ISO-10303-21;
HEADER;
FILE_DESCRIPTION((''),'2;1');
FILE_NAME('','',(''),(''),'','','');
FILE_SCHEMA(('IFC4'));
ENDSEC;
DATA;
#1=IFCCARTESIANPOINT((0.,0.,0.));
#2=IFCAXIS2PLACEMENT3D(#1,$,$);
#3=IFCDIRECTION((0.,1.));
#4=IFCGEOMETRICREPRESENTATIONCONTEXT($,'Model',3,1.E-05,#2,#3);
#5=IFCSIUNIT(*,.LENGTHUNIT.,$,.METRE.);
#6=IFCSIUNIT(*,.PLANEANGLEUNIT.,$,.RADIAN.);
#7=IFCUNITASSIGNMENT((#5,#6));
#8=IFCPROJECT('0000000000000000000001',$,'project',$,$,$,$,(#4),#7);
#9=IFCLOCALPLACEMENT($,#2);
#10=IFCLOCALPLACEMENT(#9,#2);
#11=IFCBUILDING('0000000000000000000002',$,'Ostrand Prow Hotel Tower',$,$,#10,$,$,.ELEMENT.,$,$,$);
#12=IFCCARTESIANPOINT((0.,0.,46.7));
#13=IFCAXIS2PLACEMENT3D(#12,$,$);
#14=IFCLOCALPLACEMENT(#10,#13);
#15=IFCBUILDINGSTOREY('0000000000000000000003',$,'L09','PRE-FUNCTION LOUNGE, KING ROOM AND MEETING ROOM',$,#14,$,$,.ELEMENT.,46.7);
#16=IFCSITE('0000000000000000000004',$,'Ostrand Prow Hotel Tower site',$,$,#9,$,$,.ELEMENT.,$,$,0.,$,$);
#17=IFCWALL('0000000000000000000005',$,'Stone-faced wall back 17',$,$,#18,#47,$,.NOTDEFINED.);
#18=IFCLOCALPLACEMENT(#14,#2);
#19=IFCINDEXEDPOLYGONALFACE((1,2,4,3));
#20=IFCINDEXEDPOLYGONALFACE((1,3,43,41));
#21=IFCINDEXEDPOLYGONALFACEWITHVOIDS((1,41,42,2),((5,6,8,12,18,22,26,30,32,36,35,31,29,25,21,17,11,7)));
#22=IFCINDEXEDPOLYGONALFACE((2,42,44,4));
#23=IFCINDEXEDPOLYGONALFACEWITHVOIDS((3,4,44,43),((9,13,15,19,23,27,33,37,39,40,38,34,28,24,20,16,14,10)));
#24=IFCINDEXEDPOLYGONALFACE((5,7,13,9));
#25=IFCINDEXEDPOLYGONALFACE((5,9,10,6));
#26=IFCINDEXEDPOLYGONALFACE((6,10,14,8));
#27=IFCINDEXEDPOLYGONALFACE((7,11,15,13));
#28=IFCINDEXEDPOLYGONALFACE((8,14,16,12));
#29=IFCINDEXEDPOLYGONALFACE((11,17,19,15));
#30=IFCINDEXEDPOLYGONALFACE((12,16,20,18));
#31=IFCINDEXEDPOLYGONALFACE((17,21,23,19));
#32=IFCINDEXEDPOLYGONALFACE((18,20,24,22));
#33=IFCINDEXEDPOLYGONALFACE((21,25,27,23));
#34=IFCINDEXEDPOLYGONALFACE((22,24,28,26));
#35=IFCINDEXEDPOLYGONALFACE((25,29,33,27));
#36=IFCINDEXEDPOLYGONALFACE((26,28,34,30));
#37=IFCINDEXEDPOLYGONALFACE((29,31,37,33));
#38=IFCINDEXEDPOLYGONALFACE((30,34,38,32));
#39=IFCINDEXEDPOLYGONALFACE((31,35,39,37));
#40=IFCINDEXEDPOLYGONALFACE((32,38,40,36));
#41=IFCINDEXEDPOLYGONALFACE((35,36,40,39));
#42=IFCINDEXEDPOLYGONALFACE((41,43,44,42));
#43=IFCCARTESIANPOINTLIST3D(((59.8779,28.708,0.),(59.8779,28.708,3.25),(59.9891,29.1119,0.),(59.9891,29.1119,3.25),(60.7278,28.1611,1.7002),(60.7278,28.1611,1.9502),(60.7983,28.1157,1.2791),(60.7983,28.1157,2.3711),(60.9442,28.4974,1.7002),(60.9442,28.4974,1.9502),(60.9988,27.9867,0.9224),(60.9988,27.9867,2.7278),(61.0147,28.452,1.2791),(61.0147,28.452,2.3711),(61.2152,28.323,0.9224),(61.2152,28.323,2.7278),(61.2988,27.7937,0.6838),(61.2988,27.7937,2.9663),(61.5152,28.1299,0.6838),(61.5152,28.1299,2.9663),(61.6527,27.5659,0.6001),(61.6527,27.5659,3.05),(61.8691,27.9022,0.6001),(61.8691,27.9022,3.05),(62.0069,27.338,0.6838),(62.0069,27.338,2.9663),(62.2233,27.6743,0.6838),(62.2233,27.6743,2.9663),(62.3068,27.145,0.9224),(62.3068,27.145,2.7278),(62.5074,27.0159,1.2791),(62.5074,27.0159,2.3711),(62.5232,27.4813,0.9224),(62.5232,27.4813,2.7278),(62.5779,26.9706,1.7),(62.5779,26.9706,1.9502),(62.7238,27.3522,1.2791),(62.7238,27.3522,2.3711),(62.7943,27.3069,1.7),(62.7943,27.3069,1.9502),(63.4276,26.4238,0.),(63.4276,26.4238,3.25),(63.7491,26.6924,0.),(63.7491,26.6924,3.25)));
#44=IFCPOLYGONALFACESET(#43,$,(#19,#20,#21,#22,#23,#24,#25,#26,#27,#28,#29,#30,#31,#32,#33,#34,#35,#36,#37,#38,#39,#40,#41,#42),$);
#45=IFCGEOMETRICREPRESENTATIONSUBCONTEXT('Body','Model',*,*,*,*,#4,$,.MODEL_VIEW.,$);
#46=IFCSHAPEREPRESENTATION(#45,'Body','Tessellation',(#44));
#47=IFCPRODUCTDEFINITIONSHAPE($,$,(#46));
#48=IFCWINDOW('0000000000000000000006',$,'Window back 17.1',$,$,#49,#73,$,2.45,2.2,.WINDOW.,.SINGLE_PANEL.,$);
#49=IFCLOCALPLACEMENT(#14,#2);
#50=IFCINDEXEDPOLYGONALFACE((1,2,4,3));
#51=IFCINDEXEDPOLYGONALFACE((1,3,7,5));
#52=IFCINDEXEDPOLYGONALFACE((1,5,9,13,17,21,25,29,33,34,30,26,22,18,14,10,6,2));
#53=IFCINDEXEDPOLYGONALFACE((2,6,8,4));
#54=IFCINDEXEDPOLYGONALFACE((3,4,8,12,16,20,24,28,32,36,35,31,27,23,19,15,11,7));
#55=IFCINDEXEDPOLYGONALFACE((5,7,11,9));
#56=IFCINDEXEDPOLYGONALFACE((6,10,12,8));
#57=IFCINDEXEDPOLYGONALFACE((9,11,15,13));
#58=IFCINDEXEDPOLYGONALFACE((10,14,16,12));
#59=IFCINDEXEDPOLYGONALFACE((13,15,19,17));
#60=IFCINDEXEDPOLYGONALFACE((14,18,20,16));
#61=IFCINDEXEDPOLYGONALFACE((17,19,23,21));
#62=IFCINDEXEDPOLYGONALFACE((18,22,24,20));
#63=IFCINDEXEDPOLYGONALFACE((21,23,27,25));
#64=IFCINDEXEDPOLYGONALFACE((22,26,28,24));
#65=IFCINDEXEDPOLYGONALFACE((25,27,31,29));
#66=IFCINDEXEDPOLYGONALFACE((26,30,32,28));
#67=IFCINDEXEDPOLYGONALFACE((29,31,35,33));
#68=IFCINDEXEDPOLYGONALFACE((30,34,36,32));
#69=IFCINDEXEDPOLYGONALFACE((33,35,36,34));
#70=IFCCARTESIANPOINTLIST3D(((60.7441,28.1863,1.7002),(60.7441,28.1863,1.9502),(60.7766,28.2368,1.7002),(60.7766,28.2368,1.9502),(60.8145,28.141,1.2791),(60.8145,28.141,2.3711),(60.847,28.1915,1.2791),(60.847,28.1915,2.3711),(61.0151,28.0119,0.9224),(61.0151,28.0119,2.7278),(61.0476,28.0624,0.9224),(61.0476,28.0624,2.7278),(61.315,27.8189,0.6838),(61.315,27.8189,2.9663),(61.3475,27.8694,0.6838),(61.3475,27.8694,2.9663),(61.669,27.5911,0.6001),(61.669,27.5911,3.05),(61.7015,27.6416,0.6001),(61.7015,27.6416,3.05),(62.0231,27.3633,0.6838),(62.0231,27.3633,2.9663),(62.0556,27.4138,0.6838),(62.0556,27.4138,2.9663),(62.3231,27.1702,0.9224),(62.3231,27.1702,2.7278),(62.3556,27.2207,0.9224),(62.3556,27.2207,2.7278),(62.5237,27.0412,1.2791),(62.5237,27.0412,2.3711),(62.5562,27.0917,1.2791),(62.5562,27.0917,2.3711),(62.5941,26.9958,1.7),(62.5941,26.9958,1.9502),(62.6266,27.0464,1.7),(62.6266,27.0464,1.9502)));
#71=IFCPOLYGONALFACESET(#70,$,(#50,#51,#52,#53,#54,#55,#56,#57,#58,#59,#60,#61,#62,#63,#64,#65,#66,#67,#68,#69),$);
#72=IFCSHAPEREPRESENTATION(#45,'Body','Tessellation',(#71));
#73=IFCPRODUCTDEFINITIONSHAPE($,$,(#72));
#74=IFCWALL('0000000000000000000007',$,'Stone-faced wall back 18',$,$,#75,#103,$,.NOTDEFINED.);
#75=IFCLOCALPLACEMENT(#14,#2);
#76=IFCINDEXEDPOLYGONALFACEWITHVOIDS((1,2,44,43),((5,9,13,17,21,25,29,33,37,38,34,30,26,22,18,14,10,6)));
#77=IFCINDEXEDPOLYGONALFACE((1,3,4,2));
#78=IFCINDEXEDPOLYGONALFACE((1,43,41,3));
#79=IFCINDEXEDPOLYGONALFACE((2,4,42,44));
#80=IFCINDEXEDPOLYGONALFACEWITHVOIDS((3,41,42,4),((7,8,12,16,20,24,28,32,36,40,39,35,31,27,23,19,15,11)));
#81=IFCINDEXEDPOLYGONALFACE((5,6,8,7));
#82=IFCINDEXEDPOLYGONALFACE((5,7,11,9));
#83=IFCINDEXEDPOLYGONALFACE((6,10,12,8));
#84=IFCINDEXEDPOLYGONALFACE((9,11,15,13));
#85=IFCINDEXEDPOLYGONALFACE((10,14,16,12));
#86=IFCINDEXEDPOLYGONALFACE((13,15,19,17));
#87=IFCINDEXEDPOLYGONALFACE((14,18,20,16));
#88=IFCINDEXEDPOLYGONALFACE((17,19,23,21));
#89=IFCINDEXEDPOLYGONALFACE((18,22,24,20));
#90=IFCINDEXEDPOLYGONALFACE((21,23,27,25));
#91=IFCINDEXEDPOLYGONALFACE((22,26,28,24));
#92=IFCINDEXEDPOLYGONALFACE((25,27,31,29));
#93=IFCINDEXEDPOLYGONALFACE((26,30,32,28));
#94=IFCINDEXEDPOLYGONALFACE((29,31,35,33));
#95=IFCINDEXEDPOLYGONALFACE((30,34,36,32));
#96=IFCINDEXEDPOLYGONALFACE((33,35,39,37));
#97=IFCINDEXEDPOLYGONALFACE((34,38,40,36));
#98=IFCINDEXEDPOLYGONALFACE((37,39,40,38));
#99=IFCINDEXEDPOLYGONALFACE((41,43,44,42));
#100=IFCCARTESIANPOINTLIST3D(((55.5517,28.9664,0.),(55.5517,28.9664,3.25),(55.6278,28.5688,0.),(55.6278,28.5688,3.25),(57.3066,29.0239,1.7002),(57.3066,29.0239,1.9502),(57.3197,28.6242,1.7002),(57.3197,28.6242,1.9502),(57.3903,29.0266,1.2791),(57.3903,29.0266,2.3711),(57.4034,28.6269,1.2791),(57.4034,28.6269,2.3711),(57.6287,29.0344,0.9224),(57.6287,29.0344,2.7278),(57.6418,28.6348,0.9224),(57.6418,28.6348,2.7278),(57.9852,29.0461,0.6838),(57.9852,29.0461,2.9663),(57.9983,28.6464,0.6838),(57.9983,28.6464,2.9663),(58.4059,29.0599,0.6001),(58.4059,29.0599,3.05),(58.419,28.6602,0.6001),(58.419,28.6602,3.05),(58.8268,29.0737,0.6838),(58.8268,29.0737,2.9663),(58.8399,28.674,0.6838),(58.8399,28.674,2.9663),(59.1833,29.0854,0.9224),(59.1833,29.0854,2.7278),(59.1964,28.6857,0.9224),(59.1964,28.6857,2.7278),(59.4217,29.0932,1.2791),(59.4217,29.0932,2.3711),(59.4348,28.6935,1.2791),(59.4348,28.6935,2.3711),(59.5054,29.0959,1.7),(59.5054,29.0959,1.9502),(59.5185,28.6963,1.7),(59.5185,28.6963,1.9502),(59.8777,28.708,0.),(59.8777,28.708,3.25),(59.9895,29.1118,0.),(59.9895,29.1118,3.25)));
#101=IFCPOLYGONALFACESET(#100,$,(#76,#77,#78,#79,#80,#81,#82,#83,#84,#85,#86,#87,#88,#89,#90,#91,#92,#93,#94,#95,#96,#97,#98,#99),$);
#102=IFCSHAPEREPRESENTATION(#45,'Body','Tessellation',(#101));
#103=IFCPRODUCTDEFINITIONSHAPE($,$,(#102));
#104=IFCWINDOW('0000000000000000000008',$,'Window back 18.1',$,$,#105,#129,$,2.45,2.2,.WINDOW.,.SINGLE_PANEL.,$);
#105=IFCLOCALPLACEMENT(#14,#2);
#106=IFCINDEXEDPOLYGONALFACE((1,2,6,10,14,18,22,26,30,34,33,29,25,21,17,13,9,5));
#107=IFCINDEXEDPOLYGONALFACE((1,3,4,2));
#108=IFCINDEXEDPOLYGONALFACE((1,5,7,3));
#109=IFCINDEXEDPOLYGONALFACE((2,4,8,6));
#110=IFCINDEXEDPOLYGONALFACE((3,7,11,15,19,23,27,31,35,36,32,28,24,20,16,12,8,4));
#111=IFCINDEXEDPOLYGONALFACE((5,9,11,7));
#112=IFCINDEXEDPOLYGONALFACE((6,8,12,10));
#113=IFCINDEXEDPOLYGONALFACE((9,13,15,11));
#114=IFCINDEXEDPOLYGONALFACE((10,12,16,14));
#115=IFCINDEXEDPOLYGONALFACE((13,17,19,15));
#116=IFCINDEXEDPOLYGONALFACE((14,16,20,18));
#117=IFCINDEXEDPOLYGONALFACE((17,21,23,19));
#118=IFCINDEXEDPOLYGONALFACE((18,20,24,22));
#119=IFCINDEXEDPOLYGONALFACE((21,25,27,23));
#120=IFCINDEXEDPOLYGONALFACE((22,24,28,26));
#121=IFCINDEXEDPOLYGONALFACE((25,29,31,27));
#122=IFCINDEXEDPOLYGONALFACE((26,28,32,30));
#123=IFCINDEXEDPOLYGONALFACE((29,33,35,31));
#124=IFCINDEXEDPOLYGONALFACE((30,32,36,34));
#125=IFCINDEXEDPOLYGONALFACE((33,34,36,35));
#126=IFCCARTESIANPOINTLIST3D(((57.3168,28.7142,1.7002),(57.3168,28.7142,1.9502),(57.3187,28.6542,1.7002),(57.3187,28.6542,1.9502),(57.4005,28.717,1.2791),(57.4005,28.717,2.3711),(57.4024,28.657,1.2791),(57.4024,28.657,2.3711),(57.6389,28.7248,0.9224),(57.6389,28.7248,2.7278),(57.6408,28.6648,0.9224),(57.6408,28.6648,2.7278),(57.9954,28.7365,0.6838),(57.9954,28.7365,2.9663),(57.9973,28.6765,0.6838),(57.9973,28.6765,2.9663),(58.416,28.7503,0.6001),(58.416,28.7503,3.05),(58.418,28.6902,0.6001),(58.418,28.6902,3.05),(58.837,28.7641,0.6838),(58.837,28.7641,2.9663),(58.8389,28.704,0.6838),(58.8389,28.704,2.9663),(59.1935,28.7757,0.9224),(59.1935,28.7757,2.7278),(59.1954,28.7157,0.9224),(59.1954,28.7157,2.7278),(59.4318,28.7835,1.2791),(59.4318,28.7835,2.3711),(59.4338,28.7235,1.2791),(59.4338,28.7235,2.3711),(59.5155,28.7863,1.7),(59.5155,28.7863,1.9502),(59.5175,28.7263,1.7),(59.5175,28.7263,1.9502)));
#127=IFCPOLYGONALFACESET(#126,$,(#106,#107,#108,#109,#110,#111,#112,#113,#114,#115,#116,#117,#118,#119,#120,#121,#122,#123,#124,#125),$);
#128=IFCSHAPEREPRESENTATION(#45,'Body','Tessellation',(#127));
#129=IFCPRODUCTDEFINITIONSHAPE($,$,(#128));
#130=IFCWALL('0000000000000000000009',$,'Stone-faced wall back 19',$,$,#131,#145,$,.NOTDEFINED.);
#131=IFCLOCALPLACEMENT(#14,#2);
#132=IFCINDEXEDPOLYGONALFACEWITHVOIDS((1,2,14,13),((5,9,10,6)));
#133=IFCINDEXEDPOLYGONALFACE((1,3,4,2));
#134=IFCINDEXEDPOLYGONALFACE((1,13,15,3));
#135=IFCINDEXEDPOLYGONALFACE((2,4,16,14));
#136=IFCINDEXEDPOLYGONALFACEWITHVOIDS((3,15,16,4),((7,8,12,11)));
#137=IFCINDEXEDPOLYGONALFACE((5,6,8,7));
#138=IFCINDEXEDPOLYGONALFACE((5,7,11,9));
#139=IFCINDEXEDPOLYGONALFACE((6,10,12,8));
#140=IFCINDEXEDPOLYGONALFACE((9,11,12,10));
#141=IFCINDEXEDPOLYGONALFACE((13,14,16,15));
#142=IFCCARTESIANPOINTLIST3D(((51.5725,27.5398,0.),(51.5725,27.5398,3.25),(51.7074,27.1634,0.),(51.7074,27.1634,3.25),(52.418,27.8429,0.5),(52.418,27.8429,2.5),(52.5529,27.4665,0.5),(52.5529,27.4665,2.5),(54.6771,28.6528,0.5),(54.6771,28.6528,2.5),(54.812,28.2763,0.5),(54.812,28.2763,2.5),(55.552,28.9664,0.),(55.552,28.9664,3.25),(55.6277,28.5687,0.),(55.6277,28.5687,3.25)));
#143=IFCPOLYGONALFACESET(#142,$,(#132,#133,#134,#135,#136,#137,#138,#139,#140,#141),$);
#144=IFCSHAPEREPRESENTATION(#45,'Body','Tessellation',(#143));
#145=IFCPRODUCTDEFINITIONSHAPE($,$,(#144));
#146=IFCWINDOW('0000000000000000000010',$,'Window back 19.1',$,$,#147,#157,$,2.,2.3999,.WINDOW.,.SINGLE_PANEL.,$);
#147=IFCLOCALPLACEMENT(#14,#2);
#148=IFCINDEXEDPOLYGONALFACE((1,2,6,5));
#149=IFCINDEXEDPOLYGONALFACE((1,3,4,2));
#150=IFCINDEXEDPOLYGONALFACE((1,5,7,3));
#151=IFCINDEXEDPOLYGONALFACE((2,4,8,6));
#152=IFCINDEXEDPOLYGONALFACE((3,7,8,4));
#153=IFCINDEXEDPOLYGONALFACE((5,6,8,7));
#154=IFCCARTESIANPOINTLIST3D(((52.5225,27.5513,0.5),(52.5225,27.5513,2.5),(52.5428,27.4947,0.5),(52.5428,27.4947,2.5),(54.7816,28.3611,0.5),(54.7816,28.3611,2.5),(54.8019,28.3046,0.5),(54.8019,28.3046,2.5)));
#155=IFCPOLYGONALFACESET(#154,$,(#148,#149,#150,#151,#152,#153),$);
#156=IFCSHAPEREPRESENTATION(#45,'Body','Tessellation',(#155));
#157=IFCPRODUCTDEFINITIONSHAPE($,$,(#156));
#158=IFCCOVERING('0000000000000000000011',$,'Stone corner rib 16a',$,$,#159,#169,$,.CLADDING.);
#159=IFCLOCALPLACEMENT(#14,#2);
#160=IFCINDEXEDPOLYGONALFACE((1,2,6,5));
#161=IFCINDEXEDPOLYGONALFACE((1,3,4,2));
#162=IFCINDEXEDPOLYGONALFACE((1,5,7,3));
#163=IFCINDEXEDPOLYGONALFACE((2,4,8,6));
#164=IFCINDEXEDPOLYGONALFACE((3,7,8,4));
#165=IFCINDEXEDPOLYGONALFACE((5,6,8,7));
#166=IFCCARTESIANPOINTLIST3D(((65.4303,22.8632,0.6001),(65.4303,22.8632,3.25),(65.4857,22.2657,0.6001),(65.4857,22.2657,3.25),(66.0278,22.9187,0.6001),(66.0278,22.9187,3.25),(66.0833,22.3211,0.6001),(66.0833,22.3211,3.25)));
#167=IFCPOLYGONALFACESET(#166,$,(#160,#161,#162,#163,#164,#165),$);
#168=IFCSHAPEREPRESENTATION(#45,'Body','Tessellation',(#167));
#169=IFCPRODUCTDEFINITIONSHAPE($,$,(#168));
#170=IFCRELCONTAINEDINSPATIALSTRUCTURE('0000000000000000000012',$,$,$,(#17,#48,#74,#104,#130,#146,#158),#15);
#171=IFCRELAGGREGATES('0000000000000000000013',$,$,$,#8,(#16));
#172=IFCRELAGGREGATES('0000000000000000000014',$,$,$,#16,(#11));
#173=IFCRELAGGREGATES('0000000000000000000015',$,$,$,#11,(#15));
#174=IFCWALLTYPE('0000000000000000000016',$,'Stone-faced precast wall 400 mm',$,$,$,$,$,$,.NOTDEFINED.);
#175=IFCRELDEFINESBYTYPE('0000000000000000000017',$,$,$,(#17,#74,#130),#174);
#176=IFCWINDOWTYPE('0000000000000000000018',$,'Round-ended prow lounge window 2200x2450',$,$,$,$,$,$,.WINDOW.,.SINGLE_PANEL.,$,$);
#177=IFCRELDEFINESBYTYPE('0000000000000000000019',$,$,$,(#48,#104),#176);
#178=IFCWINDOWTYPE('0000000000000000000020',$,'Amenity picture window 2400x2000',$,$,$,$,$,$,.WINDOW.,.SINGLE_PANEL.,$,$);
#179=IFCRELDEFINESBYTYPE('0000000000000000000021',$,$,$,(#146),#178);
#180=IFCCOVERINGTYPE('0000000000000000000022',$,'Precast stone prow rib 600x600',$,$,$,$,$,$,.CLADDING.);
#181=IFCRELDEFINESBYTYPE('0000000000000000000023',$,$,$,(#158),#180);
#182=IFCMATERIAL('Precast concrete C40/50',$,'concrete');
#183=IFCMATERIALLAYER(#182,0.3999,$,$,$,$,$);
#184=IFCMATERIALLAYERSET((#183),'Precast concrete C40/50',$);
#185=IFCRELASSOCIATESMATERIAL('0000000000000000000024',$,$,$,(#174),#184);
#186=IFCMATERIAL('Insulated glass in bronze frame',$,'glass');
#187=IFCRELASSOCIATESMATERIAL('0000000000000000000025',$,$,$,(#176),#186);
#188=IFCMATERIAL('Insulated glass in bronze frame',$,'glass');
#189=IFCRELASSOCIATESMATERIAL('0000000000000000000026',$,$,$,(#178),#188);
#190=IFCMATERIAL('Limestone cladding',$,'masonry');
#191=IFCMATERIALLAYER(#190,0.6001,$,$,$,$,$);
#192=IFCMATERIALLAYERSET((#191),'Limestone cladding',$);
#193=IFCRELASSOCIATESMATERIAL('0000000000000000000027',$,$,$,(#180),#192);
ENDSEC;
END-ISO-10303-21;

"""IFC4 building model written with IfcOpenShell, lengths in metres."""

from ifc_helpers import new_model, si_unit, direction, frame, frame_2d, origin, place, context, subcontext, project, spatial, polyline, rectangle, outline, extrude, material, layer, layer_set, type_object, element, fill, save


model = new_model("IFC4")

# Units and contexts
model_context = context("Model", 3, precision=1e-05, world=origin(), true_north=direction((0.0, 1.0)))
body_context = subcontext(model_context, "Body", "Model", "MODEL_VIEW")
ifc_project = project(units=[si_unit("LENGTHUNIT", "METRE"), si_unit("PLANEANGLEUNIT", "RADIAN")], contexts=[model_context])

# Site, building, storey
site_placement = place(None, origin())
site = spatial("IfcSite", under=ifc_project, at=site_placement, Name="Ostrand Prow Hotel Tower site", CompositionType="ELEMENT", RefElevation=0.0)
building_placement = place(site_placement, origin())
building = spatial("IfcBuilding", under=site, at=building_placement, Name="Ostrand Prow Hotel Tower", CompositionType="ELEMENT")
storey_placement = place(building_placement, frame((0.0, 0.0, 46.7)))
storey = spatial("IfcBuildingStorey", under=building, at=storey_placement, Name="L09", Description="PRE-FUNCTION LOUNGE, KING ROOM AND MEETING ROOM", CompositionType="ELEMENT", Elevation=46.7)

# Walls, openings, windows
ifc_material_1 = material(Name="Precast concrete C40/50", Category="concrete")
ifc_layer_1 = layer(ifc_material_1, 0.3999)
ifc_layer_set_1 = layer_set([ifc_layer_1], Name="Precast concrete C40/50")
wall_type_1 = type_object("IfcWallType", Name="Stone-faced precast wall 400 mm", PredefinedType="NOTDEFINED", material=ifc_layer_set_1)
ifc_material_2 = material(Name="Insulated glass in bronze frame", Category="glass")
window_type_1 = type_object("IfcWindowType", Name="Round-ended prow lounge window 2200x2450", PartitioningType="SINGLE_PANEL", PredefinedType="WINDOW", material=ifc_material_2)
wall_1_placement = place(storey_placement, frame((63.5884, 26.5581, 0.0), z_axis=(0.0, 0.0, 1.0), x_axis=(-0.840937, 0.541132, 0.0)))
wall_1 = element("IfcWall", 1, at=wall_1_placement, inside=storey, type_object=wall_type_1, Name="Stone-faced wall back 17", PredefinedType="NOTDEFINED", context=body_context, shape_type="SweptSolid", body=[
    extrude(outline(polyline([(-0.0625, -0.2), (4.4087, -0.2), (4.2837, 0.2), (0.0625, 0.2), (-0.0625, -0.2)])), origin(), (0.0, 0.0, 1.0), 3.25),
])
opening_1_placement = place(wall_1_placement, frame((1.073, 0.0, 0.6001)))
opening_1 = element("IfcOpeningElement", 2, at=opening_1_placement, cuts=wall_1, PredefinedType="OPENING", context=body_context, shape_type="SweptSolid", body=[
    extrude(outline(polyline([(0.0, 1.3501), (0.0837, 1.771), (0.3223, 2.1277), (0.679, 2.3662), (1.1001, 2.45), (1.521, 2.3662), (1.8777, 2.1277), (2.1162, 1.771), (2.2, 1.3501), (2.2, 1.1001), (2.1162, 0.679), (1.8777, 0.3223), (1.521, 0.0837), (1.1001, 0.0), (0.679, 0.0837), (0.3223, 0.3223), (0.0837, 0.679), (0.0, 1.0999), (0.0, 1.3501)])), frame((0.0, 0.21, 0.0), z_axis=(0.0, -1.0, 0.0), x_axis=(1.0, 0.0, 0.0)), (0.0, 0.0, 1.0), 0.4199),
])
window_1_placement = place(opening_1_placement, origin())
window_1 = element("IfcWindow", 3, at=window_1_placement, inside=storey, type_object=window_type_1, Name="Window back 17.1", OverallHeight=2.45, OverallWidth=2.2, PartitioningType="SINGLE_PANEL", PredefinedType="WINDOW", context=body_context, shape_type="SweptSolid", body=[
    extrude(outline(polyline([(0.0, 1.3501), (0.0837, 1.771), (0.3223, 2.1277), (0.679, 2.3662), (1.1001, 2.45), (1.521, 2.3662), (1.8777, 2.1277), (2.1162, 1.771), (2.2, 1.3501), (2.2, 1.1001), (2.1162, 0.679), (1.8777, 0.3223), (1.521, 0.0837), (1.1001, 0.0), (0.679, 0.0837), (0.3223, 0.3223), (0.0837, 0.679), (0.0, 1.0999), (0.0, 1.3501)])), frame((0.0, 0.1699, 0.0), z_axis=(0.0, -1.0, 0.0), x_axis=(1.0, 0.0, 0.0)), (0.0, 0.0, 1.0), 0.0601),
])
fill(opening_1, window_1)
wall_2_placement = place(storey_placement, frame((59.9336, 28.9099, 0.0), z_axis=(0.0, 0.0, 1.0), x_axis=(-0.999464, -0.03275, 0.0)))
wall_2 = element("IfcWall", 4, at=wall_2_placement, inside=storey, type_object=wall_type_1, Name="Stone-faced wall back 18", PredefinedType="NOTDEFINED", context=body_context, shape_type="SweptSolid", body=[
    extrude(outline(polyline([(-0.0625, -0.2), (4.3777, -0.2), (4.3147, 0.2), (0.0625, 0.2), (-0.0625, -0.2)])), origin(), (0.0, 0.0, 1.0), 3.25),
])
opening_2_placement = place(wall_2_placement, frame((0.4219, 0.0, 0.6001)))
opening_2 = element("IfcOpeningElement", 5, at=opening_2_placement, cuts=wall_2, PredefinedType="OPENING", context=body_context, shape_type="SweptSolid", body=[
    extrude(outline(polyline([(0.0, 1.3501), (0.0837, 1.771), (0.3223, 2.1277), (0.679, 2.3662), (1.1001, 2.45), (1.521, 2.3662), (1.8777, 2.1277), (2.1162, 1.771), (2.2, 1.3501), (2.2, 1.1001), (2.1162, 0.679), (1.8777, 0.3223), (1.521, 0.0837), (1.1001, 0.0), (0.679, 0.0837), (0.3223, 0.3223), (0.0837, 0.679), (0.0, 1.0999), (0.0, 1.3501)])), frame((0.0, 0.21, 0.0), z_axis=(0.0, -1.0, 0.0), x_axis=(1.0, 0.0, 0.0)), (0.0, 0.0, 1.0), 0.4199),
])
window_2_placement = place(opening_2_placement, origin())
window_2 = element("IfcWindow", 6, at=window_2_placement, inside=storey, type_object=window_type_1, Name="Window back 18.1", OverallHeight=2.45, OverallWidth=2.2, PartitioningType="SINGLE_PANEL", PredefinedType="WINDOW", context=body_context, shape_type="SweptSolid", body=[
    extrude(outline(polyline([(0.0, 1.3501), (0.0837, 1.771), (0.3223, 2.1277), (0.679, 2.3662), (1.1001, 2.45), (1.521, 2.3662), (1.8777, 2.1277), (2.1162, 1.771), (2.2, 1.3501), (2.2, 1.1001), (2.1162, 0.679), (1.8777, 0.3223), (1.521, 0.0837), (1.1001, 0.0), (0.679, 0.0837), (0.3223, 0.3223), (0.0837, 0.679), (0.0, 1.0999), (0.0, 1.3501)])), frame((0.0, 0.1699, 0.0), z_axis=(0.0, -1.0, 0.0), x_axis=(1.0, 0.0, 0.0)), (0.0, 0.0, 1.0), 0.0601),
])
fill(opening_2, window_2)
wall_3_placement = place(storey_placement, frame((55.5898, 28.7676, 0.0), z_axis=(0.0, 0.0, 1.0), x_axis=(-0.94134, -0.33746, 0.0)))
wall_3 = element("IfcWall", 7, at=wall_3_placement, inside=storey, type_object=wall_type_1, Name="Stone-faced wall back 19", PredefinedType="NOTDEFINED", context=body_context, shape_type="SweptSolid", body=[
    extrude(outline(polyline([(-0.0315, -0.2), (4.196, -0.2), (4.196, 0.2), (0.0315, 0.2), (-0.0315, -0.2)])), origin(), (0.0, 0.0, 1.0), 3.25),
])
opening_3_placement = place(wall_3_placement, frame((0.8979, 0.0, 0.5)))
opening_3 = element("IfcOpeningElement", 8, at=opening_3_placement, cuts=wall_3, PredefinedType="OPENING", context=body_context, shape_type="SweptSolid", body=[
    extrude(rectangle(XDim=2.3999, YDim=2.0, at=frame_2d((1.2, 1.0))), frame((0.0, 0.21, 0.0), z_axis=(0.0, -1.0, 0.0), x_axis=(1.0, 0.0, 0.0)), (0.0, 0.0, 1.0), 0.4199),
])
ifc_material_3 = material(Name="Insulated glass in bronze frame", Category="glass")
window_type_2 = type_object("IfcWindowType", Name="Amenity picture window 2400x2000", PartitioningType="SINGLE_PANEL", PredefinedType="WINDOW", material=ifc_material_3)
window_3_placement = place(opening_3_placement, origin())
window_3 = element("IfcWindow", 9, at=window_3_placement, inside=storey, type_object=window_type_2, Name="Window back 19.1", OverallHeight=2.0, OverallWidth=2.3999, PartitioningType="SINGLE_PANEL", PredefinedType="WINDOW", context=body_context, shape_type="SweptSolid", body=[
    extrude(rectangle(XDim=2.3999, YDim=2.0, at=frame_2d((1.2, 1.0))), frame((0.0, 0.1699, 0.0), z_axis=(0.0, -1.0, 0.0), x_axis=(1.0, 0.0, 0.0)), (0.0, 0.0, 1.0), 0.0601),
])
fill(opening_3, window_3)

# Covering
ifc_material_4 = material(Name="Limestone cladding", Category="masonry")
ifc_layer_2 = layer(ifc_material_4, 0.6001)
ifc_layer_set_2 = layer_set([ifc_layer_2], Name="Limestone cladding")
covering_type = type_object("IfcCoveringType", Name="Precast stone prow rib 600x600", PredefinedType="CLADDING", material=ifc_layer_set_2)
for number, where, z_axis, x_axis, name in (
    (10, (65.458, 22.5645, 0.6001), (0.0, 0.0, 1.0), (0.995725, 0.09237, 0.0), "Stone corner rib 16a"),
):
    element("IfcCovering", number, at=place(storey_placement, frame(where, z_axis=z_axis, x_axis=x_axis)), inside=storey, type_object=covering_type, Name=name, PredefinedType="CLADDING", context=body_context, shape_type="SweptSolid", body=[
        extrude(rectangle(XDim=0.6001, YDim=0.6001, at=frame_2d((0.3, 0.0))), origin(), (0.0, 0.0, 1.0), 2.6499),
    ])

save(model, "model.ifc")
